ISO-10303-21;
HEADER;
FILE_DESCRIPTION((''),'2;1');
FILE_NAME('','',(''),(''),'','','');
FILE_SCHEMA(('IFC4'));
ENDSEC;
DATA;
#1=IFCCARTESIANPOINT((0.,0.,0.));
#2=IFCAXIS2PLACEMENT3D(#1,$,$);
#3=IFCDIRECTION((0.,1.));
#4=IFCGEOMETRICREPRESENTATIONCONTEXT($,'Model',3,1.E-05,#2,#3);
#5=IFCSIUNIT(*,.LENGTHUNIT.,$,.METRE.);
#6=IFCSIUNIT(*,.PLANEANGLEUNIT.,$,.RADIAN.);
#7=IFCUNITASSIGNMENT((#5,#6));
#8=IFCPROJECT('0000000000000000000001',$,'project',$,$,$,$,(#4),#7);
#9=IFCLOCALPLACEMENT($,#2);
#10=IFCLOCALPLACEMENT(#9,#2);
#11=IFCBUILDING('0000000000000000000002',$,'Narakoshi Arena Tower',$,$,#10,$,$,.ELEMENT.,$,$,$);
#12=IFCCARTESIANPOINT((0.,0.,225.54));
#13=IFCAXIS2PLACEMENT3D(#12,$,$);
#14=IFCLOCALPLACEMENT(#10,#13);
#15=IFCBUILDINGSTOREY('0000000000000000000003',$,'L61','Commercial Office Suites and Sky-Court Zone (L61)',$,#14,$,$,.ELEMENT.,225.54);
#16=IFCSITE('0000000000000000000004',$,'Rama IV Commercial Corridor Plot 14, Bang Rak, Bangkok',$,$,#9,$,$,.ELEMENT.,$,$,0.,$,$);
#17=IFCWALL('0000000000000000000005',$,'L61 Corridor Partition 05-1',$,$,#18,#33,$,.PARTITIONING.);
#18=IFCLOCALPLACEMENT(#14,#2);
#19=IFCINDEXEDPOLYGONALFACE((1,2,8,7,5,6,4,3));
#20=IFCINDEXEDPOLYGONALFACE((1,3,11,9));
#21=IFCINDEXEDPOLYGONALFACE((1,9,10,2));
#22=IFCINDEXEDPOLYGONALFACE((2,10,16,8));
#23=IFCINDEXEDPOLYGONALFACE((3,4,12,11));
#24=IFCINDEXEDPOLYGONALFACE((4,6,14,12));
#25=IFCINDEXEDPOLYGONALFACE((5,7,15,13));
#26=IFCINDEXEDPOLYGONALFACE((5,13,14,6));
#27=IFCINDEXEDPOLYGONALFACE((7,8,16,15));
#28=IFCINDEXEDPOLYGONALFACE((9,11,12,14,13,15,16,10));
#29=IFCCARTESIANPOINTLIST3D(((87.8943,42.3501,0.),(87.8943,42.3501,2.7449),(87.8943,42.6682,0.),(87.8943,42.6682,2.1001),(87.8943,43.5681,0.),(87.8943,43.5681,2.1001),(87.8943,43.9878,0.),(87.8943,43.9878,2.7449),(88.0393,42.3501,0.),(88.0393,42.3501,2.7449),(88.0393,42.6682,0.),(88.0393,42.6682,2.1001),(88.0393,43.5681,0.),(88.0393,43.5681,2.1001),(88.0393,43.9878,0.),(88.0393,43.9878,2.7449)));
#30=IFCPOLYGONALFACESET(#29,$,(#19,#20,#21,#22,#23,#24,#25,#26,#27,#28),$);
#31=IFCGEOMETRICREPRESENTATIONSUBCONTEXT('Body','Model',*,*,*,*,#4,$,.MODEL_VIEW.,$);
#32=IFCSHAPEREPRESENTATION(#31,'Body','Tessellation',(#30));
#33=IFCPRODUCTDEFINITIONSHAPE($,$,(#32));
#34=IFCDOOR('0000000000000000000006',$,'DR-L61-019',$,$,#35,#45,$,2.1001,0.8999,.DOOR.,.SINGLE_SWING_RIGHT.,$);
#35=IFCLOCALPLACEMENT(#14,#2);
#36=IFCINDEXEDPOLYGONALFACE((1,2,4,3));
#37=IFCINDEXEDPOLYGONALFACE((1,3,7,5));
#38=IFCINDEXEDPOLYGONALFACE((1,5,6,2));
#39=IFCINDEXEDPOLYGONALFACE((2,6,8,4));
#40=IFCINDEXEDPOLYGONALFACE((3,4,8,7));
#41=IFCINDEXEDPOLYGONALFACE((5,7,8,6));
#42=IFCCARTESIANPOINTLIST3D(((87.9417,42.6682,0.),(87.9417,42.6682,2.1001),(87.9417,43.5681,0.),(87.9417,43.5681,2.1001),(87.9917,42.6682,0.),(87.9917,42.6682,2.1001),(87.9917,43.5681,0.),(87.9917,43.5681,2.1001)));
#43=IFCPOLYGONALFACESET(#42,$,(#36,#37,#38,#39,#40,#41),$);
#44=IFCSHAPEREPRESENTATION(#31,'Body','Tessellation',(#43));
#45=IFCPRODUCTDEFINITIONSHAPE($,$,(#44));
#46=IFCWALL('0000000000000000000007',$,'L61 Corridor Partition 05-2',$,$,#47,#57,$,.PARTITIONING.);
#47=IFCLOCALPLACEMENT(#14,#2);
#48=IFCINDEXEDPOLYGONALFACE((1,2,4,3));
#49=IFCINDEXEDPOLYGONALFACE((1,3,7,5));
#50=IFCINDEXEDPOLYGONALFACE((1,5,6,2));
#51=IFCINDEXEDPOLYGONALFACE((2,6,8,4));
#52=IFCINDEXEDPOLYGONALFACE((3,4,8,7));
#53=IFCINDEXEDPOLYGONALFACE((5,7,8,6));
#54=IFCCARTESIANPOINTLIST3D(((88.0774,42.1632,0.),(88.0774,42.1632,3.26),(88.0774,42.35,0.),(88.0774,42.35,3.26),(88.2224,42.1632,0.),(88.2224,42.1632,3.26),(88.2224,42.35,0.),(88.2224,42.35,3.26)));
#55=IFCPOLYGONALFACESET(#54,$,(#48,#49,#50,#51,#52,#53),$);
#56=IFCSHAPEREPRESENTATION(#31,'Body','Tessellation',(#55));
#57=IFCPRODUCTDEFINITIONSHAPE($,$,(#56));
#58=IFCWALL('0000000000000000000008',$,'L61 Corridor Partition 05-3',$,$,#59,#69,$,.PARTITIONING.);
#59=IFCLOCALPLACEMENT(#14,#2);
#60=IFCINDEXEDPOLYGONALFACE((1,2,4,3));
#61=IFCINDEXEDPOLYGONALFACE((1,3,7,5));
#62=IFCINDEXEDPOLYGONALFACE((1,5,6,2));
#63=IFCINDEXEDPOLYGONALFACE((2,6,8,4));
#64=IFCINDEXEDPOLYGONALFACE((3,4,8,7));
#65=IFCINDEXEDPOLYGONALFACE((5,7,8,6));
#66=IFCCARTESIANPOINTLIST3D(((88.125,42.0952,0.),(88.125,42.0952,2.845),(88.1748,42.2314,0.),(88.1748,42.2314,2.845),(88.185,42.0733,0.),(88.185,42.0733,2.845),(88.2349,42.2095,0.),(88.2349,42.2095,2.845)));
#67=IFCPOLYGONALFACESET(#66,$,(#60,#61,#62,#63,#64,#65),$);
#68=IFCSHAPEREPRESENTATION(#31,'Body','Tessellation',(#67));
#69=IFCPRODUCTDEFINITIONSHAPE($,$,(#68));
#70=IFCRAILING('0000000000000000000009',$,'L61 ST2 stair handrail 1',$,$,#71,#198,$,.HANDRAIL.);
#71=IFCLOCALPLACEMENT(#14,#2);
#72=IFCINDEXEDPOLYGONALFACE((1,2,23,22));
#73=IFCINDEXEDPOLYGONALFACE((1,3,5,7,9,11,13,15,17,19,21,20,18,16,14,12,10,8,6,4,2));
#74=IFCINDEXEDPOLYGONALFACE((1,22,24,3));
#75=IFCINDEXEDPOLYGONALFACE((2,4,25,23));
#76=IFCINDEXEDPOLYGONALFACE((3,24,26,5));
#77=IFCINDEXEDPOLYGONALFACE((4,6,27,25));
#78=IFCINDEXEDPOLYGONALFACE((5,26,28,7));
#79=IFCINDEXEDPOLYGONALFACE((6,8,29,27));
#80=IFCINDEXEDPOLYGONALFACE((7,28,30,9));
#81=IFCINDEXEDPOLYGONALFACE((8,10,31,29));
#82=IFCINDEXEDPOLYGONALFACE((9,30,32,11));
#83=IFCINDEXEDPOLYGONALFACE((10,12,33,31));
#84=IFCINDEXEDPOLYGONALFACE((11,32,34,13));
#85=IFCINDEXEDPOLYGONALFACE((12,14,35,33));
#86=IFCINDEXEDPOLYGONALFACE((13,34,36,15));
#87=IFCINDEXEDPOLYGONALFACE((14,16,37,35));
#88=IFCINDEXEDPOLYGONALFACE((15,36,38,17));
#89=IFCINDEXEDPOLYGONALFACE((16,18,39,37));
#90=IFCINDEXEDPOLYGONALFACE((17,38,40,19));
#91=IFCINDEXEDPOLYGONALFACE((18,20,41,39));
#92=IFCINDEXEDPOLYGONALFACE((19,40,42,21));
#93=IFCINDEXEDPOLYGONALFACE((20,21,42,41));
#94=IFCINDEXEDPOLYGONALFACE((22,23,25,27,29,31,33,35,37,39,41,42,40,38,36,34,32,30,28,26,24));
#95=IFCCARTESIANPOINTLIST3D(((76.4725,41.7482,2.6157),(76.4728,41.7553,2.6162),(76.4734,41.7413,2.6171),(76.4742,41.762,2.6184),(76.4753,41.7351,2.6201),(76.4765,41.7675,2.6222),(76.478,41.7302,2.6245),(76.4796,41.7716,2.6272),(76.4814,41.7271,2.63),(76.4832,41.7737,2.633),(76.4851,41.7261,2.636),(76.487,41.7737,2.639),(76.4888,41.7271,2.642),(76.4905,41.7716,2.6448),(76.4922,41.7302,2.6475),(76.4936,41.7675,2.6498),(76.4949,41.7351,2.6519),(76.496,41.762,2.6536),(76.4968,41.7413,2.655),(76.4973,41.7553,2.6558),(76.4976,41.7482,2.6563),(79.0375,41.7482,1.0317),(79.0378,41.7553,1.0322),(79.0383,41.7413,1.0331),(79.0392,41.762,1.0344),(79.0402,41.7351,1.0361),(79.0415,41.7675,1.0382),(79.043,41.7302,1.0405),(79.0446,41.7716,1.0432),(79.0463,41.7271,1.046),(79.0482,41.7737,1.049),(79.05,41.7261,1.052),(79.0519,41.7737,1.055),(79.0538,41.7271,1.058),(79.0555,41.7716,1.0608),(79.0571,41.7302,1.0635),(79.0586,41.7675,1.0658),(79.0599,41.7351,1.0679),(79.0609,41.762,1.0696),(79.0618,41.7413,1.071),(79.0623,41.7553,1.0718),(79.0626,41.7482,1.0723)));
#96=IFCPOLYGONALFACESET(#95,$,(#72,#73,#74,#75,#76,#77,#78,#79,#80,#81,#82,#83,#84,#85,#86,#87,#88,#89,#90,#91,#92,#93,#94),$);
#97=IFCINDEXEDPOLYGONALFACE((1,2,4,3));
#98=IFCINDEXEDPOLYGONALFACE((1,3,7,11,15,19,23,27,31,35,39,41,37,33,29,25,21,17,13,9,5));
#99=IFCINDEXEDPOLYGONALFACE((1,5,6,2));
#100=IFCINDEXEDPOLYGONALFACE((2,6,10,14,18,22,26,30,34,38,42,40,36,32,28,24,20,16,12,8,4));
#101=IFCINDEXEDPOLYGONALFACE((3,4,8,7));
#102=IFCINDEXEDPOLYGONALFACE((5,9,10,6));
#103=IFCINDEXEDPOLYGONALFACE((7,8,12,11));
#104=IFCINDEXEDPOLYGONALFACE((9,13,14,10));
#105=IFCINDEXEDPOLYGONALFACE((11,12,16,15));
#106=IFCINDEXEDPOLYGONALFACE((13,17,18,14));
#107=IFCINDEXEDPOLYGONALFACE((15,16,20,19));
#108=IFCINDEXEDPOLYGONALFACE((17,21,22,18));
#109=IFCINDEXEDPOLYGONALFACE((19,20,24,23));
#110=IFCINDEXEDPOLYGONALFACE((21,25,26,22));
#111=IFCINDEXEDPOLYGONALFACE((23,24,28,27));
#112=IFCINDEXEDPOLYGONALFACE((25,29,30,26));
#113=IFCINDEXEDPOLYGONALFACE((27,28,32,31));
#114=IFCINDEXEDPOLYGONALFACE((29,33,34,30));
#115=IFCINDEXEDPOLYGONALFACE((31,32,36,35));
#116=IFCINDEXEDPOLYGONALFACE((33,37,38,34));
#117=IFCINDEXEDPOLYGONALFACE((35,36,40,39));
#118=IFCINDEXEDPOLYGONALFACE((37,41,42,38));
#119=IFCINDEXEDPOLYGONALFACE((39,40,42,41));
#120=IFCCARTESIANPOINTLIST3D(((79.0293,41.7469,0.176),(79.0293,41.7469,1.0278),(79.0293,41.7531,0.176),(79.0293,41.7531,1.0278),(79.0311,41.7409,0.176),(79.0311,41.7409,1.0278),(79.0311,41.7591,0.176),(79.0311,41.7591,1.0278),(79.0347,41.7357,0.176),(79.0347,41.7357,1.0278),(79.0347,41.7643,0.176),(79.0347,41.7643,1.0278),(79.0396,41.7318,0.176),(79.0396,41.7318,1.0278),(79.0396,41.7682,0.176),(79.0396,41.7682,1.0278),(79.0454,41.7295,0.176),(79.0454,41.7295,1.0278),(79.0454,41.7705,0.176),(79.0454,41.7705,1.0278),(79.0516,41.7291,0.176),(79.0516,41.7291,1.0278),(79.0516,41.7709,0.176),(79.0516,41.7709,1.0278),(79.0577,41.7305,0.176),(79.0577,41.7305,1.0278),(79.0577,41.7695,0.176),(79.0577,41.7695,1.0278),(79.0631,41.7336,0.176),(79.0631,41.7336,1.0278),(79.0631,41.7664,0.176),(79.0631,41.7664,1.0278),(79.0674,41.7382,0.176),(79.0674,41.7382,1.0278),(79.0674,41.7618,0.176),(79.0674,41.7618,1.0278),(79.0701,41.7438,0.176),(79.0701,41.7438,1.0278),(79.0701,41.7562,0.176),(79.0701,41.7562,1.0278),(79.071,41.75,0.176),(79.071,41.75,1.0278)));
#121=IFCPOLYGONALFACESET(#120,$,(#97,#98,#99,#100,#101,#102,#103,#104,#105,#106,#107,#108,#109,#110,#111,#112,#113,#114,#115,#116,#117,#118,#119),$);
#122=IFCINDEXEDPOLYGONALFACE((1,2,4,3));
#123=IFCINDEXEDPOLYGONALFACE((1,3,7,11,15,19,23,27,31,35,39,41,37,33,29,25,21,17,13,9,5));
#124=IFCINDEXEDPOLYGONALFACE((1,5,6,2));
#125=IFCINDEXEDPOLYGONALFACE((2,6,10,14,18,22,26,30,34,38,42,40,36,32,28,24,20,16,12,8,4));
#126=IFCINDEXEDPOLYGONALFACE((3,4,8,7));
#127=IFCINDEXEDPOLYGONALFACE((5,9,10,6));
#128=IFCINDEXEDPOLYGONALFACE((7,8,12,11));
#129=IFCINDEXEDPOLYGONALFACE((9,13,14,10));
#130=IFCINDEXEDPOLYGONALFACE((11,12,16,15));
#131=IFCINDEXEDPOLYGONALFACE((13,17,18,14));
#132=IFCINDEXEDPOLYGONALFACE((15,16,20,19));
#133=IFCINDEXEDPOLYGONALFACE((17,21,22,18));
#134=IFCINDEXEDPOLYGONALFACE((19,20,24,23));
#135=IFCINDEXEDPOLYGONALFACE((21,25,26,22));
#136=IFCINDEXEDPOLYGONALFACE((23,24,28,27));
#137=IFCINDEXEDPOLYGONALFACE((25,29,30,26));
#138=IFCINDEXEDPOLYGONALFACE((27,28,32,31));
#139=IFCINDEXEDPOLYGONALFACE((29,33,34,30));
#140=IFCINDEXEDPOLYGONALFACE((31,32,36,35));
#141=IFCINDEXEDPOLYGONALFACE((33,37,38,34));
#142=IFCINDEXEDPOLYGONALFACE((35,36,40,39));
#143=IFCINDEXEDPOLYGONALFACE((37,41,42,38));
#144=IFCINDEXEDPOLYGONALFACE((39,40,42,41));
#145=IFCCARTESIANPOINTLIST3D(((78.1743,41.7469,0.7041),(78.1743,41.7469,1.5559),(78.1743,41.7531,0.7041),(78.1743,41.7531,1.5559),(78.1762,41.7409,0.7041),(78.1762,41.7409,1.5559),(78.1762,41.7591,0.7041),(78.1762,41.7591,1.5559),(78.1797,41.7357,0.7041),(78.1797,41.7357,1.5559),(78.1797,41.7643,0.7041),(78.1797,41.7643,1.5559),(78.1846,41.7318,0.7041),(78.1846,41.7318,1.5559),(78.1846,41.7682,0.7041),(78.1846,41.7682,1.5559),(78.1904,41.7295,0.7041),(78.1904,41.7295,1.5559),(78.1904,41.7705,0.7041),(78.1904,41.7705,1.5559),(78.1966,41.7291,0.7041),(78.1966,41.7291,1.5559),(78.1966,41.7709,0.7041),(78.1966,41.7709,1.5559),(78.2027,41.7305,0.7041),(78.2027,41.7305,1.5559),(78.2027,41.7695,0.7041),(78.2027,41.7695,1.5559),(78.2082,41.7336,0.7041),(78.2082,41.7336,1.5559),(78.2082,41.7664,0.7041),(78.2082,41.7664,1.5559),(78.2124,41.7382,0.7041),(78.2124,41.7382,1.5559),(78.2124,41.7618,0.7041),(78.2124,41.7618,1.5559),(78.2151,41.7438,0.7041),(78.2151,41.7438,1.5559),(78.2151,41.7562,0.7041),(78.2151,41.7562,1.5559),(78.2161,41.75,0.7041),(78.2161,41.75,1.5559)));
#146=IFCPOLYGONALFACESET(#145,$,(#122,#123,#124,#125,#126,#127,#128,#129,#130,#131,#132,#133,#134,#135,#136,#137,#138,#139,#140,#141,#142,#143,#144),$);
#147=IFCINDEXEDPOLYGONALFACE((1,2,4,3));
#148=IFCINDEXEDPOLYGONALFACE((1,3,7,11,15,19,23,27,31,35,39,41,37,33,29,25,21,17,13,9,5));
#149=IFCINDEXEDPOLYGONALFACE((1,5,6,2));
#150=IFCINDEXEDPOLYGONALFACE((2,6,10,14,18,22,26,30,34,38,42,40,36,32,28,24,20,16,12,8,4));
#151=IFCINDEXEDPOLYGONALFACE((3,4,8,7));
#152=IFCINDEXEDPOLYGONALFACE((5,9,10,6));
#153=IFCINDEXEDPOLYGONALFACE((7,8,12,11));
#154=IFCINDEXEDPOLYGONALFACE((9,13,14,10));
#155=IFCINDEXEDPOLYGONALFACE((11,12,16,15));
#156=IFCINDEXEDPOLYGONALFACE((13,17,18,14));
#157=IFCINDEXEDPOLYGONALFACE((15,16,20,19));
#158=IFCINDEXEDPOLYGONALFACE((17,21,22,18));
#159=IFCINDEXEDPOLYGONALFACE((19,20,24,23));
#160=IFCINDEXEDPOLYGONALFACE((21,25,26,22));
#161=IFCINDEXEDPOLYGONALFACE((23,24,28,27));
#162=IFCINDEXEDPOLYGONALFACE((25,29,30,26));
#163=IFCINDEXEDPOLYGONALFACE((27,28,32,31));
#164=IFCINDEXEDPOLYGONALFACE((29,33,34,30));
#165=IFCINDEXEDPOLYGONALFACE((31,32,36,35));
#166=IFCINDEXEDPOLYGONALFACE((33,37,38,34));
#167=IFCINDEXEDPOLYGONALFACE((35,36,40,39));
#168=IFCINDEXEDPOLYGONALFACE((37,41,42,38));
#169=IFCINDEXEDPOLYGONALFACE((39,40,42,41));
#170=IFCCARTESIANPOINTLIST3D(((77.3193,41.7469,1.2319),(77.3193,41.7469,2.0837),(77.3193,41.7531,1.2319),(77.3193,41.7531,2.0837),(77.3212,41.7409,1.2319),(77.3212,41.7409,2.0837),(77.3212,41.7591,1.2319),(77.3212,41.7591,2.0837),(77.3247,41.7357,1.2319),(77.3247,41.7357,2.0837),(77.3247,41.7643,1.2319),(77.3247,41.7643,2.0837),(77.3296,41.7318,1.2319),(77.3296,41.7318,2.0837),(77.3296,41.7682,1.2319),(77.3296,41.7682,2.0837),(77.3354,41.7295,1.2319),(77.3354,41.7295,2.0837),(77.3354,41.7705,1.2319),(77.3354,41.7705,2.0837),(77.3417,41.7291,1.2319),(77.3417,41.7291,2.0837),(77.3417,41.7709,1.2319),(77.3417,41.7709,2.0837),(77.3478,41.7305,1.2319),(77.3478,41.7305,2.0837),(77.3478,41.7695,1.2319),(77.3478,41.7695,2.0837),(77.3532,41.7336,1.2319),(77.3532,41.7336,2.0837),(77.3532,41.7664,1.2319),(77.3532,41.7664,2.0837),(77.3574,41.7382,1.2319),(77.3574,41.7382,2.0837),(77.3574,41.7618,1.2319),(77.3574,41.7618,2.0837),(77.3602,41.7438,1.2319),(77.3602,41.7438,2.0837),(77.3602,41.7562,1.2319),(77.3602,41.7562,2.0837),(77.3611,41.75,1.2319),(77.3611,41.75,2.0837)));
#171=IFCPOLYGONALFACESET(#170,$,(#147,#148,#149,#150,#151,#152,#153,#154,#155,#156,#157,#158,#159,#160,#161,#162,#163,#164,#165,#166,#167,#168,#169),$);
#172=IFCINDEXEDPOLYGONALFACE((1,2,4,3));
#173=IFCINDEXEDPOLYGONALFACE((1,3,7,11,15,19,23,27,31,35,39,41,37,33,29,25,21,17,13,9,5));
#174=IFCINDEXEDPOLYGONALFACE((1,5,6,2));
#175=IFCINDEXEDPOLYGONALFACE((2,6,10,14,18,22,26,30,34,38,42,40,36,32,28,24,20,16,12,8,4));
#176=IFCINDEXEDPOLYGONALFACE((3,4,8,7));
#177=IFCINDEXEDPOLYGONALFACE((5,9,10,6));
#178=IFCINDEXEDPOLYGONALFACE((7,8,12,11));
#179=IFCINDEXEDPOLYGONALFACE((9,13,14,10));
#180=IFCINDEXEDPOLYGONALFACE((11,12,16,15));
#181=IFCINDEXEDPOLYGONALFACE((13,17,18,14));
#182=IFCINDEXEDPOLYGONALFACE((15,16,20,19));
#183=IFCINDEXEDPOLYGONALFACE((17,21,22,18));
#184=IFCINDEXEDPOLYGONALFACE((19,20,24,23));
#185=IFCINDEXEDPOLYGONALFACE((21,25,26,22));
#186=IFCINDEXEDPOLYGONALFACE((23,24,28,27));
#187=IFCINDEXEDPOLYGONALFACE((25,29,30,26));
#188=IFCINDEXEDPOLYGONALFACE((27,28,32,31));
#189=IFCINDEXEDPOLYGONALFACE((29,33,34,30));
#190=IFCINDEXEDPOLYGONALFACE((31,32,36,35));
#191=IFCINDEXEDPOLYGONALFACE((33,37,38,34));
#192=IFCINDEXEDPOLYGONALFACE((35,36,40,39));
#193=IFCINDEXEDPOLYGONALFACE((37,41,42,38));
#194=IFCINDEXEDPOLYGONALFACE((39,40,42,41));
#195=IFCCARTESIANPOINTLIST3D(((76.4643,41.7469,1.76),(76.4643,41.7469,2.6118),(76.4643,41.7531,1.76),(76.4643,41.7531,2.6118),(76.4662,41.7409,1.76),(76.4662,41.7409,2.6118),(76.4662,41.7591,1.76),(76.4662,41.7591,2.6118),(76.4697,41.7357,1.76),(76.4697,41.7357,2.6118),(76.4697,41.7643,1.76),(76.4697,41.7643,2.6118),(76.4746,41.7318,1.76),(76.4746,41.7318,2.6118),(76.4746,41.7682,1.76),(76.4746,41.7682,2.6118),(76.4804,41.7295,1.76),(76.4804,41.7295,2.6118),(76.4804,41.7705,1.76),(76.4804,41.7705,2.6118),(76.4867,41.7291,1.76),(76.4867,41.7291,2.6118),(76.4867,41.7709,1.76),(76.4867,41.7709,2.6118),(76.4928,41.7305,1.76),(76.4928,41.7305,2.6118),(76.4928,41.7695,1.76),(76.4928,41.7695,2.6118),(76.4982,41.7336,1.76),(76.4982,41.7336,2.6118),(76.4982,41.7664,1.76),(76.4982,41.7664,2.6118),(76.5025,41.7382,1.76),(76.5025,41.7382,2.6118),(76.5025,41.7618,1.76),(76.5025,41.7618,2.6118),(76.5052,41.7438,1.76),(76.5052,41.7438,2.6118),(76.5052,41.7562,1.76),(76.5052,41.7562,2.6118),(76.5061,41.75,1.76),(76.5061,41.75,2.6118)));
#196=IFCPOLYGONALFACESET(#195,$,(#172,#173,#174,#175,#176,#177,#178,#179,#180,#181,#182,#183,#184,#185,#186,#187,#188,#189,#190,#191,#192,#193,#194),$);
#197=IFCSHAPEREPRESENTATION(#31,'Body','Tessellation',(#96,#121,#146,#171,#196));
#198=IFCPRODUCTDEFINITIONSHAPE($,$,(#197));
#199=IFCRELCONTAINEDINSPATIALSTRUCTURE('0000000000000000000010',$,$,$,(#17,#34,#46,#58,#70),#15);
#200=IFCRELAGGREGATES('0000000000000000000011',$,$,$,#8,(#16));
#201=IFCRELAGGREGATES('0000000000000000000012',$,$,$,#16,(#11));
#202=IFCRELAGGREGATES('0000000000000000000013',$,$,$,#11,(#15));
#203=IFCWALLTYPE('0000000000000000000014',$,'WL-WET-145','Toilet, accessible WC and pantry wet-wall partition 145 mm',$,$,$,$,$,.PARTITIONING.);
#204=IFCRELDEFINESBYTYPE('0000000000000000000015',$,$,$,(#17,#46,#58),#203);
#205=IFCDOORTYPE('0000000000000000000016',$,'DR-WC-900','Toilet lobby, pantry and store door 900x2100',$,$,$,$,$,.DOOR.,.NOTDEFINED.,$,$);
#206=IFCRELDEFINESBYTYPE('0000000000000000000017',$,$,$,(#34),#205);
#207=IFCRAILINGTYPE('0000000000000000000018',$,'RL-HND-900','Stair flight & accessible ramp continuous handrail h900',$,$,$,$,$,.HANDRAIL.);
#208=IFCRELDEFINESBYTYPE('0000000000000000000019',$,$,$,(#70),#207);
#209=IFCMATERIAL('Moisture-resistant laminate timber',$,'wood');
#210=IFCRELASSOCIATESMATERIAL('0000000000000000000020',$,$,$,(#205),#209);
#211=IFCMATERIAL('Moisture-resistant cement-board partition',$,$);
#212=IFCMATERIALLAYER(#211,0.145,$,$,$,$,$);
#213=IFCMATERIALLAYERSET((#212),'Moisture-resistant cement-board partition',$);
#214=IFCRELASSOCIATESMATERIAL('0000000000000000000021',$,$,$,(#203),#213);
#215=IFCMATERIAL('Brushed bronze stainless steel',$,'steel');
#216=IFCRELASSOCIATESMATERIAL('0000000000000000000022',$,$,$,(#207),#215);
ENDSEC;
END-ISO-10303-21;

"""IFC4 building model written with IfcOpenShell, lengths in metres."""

from ifc_helpers import new_model, si_unit, direction, frame, frame_2d, origin, origin_2d, place, context, subcontext, project, spatial, rectangle, circle, extrude, material, layer, layer_set, type_object, element, fill, save


model = new_model("IFC4")

# Units and contexts
model_context = context("Model", 3, precision=1e-05, world=origin(), true_north=direction((0.0, 1.0)))
body_context = subcontext(model_context, "Body", "Model", "MODEL_VIEW")
ifc_project = project(units=[si_unit("LENGTHUNIT", "METRE"), si_unit("PLANEANGLEUNIT", "RADIAN")], contexts=[model_context])

# Site, building, storey
site_placement = place(None, origin())
site = spatial("IfcSite", under=ifc_project, at=site_placement, Name="Rama IV Commercial Corridor Plot 14, Bang Rak, Bangkok", CompositionType="ELEMENT", RefElevation=0.0)
building_placement = place(site_placement, origin())
building = spatial("IfcBuilding", under=site, at=building_placement, Name="Narakoshi Arena Tower", CompositionType="ELEMENT")
storey_placement = place(building_placement, frame((0.0, 0.0, 225.54)))
storey = spatial("IfcBuildingStorey", under=building, at=storey_placement, Name="L61", Description="Commercial Office Suites and Sky-Court Zone (L61)", CompositionType="ELEMENT", Elevation=225.54)

# Shared definitions
ifc_material_1 = material(Name="Moisture-resistant laminate timber", Category="wood")
door_type_1 = type_object("IfcDoorType", Name="DR-WC-900", Description="Toilet lobby, pantry and store door 900x2100", OperationType="NOTDEFINED", PredefinedType="DOOR", material=ifc_material_1)

# Wall, opening, door
ifc_material_2 = material(Name="Moisture-resistant cement-board partition")
ifc_layer_1 = layer(ifc_material_2, 0.145)
ifc_layer_set_1 = layer_set([ifc_layer_1], Name="Moisture-resistant cement-board partition")
wall_type_1 = type_object("IfcWallType", Name="WL-WET-145", Description="Toilet, accessible WC and pantry wet-wall partition 145 mm", PredefinedType="PARTITIONING", material=ifc_layer_set_1)
wall_1_placement = place(storey_placement, frame((87.9668, 42.3501, 0.0), z_axis=(0.0, 0.0, 1.0), x_axis=(0.0, 1.0, 0.0)))
wall_1 = element("IfcWall", 1, at=wall_1_placement, inside=storey, type_object=wall_type_1, Name="L61 Corridor Partition 05-1", PredefinedType="PARTITIONING", context=body_context, shape_type="SweptSolid", body=[
    extrude(rectangle(XDim=1.6377, YDim=0.145, at=frame_2d((0.8188, 0.0))), origin(), (0.0, 0.0, 1.0), 2.7449),
])
opening_1_placement = place(wall_1_placement, frame((0.3181, 0.0, 0.0)))
opening_1 = element("IfcOpeningElement", 2, at=opening_1_placement, cuts=wall_1, PredefinedType="OPENING", context=body_context, shape_type="SweptSolid", body=[
    extrude(rectangle(XDim=0.8999, YDim=2.1001, at=frame_2d((0.45, 1.05))), frame((0.0, 0.0825, 0.0), z_axis=(0.0, -1.0, 0.0), x_axis=(1.0, 0.0, 0.0)), (0.0, 0.0, 1.0), 0.165),
])
door_1_placement = place(opening_1_placement, frame((0.8999, 0.0, 0.0), z_axis=(0.0, 0.0, 1.0), x_axis=(-1.0, 0.0, 0.0)))
door_1 = element("IfcDoor", 3, at=door_1_placement, inside=storey, type_object=door_type_1, Name="DR-L61-019", OperationType="SINGLE_SWING_RIGHT", OverallHeight=2.1001, OverallWidth=0.8999, PredefinedType="DOOR", context=body_context, shape_type="SweptSolid", body=[
    extrude(rectangle(XDim=0.8999, YDim=2.1001, at=frame_2d((0.45, 1.05))), frame((0.0, 0.0249, 0.0), z_axis=(0.0, -1.0, 0.0), x_axis=(1.0, 0.0, 0.0)), (0.0, 0.0, 1.0), 0.05),
])
fill(opening_1, door_1)

# Walls
wall_2_placement = place(storey_placement, frame((88.1499, 42.1633, 0.0), z_axis=(0.0, 0.0, 1.0), x_axis=(0.0, 1.0, 0.0)))
element("IfcWall", 4, at=wall_2_placement, inside=storey, type_object=wall_type_1, Name="L61 Corridor Partition 05-2", PredefinedType="PARTITIONING", context=body_context, shape_type="SweptSolid", body=[
    extrude(rectangle(XDim=0.1868, YDim=0.145, at=frame_2d((0.0933, 0.0))), origin(), (0.0, 0.0, 1.0), 3.26),
])
wall_3_placement = place(storey_placement, frame((88.21, 42.1414, 0.0), z_axis=(0.0, 0.0, 1.0), x_axis=(-0.939123, 0.343582, 0.0)))
element("IfcWall", 5, at=wall_3_placement, inside=storey, type_object=wall_type_1, Name="L61 Corridor Partition 05-3", PredefinedType="PARTITIONING", context=body_context, shape_type="SweptSolid", body=[
    extrude(rectangle(XDim=0.064, YDim=0.145, at=frame_2d((0.032, 0.0))), origin(), (0.0, 0.0, 1.0), 2.845),
])

# Railing
ifc_material_3 = material(Name="Brushed bronze stainless steel", Category="steel")
railing_type = type_object("IfcRailingType", Name="RL-HND-900", Description="Stair flight & accessible ramp continuous handrail h900", PredefinedType="HANDRAIL", material=ifc_material_3)
railing_placement = place(storey_placement, frame((79.05, 41.75, 0.176)))
element("IfcRailing", 6, at=railing_placement, inside=storey, type_object=railing_type, Name="L61 ST2 stair handrail 1", PredefinedType="HANDRAIL", context=body_context, shape_type="SweptSolid", body=[
    extrude(circle(Radius=0.0239, at=origin_2d()), frame((0.0, 0.0, 0.876), z_axis=(-0.850834, 0.0, 0.525434), x_axis=(0.0, -1.0, 0.0)), (0.0, 0.0, 1.0), 3.0146),
    extrude(circle(Radius=0.021, at=origin_2d()), origin(), (0.0, 0.0, 1.0), 0.8518),
    extrude(circle(Radius=0.021, at=origin_2d()), frame((-0.855, 0.0, 0.5281)), (0.0, 0.0, 1.0), 0.8518),
    extrude(circle(Radius=0.021, at=origin_2d()), frame((-1.71, 0.0, 1.0559)), (0.0, 0.0, 1.0), 0.8518),
    extrude(circle(Radius=0.021, at=origin_2d()), frame((-2.5649, 0.0, 1.584)), (0.0, 0.0, 1.0), 0.8518),
])

save(model, "model.ifc")
